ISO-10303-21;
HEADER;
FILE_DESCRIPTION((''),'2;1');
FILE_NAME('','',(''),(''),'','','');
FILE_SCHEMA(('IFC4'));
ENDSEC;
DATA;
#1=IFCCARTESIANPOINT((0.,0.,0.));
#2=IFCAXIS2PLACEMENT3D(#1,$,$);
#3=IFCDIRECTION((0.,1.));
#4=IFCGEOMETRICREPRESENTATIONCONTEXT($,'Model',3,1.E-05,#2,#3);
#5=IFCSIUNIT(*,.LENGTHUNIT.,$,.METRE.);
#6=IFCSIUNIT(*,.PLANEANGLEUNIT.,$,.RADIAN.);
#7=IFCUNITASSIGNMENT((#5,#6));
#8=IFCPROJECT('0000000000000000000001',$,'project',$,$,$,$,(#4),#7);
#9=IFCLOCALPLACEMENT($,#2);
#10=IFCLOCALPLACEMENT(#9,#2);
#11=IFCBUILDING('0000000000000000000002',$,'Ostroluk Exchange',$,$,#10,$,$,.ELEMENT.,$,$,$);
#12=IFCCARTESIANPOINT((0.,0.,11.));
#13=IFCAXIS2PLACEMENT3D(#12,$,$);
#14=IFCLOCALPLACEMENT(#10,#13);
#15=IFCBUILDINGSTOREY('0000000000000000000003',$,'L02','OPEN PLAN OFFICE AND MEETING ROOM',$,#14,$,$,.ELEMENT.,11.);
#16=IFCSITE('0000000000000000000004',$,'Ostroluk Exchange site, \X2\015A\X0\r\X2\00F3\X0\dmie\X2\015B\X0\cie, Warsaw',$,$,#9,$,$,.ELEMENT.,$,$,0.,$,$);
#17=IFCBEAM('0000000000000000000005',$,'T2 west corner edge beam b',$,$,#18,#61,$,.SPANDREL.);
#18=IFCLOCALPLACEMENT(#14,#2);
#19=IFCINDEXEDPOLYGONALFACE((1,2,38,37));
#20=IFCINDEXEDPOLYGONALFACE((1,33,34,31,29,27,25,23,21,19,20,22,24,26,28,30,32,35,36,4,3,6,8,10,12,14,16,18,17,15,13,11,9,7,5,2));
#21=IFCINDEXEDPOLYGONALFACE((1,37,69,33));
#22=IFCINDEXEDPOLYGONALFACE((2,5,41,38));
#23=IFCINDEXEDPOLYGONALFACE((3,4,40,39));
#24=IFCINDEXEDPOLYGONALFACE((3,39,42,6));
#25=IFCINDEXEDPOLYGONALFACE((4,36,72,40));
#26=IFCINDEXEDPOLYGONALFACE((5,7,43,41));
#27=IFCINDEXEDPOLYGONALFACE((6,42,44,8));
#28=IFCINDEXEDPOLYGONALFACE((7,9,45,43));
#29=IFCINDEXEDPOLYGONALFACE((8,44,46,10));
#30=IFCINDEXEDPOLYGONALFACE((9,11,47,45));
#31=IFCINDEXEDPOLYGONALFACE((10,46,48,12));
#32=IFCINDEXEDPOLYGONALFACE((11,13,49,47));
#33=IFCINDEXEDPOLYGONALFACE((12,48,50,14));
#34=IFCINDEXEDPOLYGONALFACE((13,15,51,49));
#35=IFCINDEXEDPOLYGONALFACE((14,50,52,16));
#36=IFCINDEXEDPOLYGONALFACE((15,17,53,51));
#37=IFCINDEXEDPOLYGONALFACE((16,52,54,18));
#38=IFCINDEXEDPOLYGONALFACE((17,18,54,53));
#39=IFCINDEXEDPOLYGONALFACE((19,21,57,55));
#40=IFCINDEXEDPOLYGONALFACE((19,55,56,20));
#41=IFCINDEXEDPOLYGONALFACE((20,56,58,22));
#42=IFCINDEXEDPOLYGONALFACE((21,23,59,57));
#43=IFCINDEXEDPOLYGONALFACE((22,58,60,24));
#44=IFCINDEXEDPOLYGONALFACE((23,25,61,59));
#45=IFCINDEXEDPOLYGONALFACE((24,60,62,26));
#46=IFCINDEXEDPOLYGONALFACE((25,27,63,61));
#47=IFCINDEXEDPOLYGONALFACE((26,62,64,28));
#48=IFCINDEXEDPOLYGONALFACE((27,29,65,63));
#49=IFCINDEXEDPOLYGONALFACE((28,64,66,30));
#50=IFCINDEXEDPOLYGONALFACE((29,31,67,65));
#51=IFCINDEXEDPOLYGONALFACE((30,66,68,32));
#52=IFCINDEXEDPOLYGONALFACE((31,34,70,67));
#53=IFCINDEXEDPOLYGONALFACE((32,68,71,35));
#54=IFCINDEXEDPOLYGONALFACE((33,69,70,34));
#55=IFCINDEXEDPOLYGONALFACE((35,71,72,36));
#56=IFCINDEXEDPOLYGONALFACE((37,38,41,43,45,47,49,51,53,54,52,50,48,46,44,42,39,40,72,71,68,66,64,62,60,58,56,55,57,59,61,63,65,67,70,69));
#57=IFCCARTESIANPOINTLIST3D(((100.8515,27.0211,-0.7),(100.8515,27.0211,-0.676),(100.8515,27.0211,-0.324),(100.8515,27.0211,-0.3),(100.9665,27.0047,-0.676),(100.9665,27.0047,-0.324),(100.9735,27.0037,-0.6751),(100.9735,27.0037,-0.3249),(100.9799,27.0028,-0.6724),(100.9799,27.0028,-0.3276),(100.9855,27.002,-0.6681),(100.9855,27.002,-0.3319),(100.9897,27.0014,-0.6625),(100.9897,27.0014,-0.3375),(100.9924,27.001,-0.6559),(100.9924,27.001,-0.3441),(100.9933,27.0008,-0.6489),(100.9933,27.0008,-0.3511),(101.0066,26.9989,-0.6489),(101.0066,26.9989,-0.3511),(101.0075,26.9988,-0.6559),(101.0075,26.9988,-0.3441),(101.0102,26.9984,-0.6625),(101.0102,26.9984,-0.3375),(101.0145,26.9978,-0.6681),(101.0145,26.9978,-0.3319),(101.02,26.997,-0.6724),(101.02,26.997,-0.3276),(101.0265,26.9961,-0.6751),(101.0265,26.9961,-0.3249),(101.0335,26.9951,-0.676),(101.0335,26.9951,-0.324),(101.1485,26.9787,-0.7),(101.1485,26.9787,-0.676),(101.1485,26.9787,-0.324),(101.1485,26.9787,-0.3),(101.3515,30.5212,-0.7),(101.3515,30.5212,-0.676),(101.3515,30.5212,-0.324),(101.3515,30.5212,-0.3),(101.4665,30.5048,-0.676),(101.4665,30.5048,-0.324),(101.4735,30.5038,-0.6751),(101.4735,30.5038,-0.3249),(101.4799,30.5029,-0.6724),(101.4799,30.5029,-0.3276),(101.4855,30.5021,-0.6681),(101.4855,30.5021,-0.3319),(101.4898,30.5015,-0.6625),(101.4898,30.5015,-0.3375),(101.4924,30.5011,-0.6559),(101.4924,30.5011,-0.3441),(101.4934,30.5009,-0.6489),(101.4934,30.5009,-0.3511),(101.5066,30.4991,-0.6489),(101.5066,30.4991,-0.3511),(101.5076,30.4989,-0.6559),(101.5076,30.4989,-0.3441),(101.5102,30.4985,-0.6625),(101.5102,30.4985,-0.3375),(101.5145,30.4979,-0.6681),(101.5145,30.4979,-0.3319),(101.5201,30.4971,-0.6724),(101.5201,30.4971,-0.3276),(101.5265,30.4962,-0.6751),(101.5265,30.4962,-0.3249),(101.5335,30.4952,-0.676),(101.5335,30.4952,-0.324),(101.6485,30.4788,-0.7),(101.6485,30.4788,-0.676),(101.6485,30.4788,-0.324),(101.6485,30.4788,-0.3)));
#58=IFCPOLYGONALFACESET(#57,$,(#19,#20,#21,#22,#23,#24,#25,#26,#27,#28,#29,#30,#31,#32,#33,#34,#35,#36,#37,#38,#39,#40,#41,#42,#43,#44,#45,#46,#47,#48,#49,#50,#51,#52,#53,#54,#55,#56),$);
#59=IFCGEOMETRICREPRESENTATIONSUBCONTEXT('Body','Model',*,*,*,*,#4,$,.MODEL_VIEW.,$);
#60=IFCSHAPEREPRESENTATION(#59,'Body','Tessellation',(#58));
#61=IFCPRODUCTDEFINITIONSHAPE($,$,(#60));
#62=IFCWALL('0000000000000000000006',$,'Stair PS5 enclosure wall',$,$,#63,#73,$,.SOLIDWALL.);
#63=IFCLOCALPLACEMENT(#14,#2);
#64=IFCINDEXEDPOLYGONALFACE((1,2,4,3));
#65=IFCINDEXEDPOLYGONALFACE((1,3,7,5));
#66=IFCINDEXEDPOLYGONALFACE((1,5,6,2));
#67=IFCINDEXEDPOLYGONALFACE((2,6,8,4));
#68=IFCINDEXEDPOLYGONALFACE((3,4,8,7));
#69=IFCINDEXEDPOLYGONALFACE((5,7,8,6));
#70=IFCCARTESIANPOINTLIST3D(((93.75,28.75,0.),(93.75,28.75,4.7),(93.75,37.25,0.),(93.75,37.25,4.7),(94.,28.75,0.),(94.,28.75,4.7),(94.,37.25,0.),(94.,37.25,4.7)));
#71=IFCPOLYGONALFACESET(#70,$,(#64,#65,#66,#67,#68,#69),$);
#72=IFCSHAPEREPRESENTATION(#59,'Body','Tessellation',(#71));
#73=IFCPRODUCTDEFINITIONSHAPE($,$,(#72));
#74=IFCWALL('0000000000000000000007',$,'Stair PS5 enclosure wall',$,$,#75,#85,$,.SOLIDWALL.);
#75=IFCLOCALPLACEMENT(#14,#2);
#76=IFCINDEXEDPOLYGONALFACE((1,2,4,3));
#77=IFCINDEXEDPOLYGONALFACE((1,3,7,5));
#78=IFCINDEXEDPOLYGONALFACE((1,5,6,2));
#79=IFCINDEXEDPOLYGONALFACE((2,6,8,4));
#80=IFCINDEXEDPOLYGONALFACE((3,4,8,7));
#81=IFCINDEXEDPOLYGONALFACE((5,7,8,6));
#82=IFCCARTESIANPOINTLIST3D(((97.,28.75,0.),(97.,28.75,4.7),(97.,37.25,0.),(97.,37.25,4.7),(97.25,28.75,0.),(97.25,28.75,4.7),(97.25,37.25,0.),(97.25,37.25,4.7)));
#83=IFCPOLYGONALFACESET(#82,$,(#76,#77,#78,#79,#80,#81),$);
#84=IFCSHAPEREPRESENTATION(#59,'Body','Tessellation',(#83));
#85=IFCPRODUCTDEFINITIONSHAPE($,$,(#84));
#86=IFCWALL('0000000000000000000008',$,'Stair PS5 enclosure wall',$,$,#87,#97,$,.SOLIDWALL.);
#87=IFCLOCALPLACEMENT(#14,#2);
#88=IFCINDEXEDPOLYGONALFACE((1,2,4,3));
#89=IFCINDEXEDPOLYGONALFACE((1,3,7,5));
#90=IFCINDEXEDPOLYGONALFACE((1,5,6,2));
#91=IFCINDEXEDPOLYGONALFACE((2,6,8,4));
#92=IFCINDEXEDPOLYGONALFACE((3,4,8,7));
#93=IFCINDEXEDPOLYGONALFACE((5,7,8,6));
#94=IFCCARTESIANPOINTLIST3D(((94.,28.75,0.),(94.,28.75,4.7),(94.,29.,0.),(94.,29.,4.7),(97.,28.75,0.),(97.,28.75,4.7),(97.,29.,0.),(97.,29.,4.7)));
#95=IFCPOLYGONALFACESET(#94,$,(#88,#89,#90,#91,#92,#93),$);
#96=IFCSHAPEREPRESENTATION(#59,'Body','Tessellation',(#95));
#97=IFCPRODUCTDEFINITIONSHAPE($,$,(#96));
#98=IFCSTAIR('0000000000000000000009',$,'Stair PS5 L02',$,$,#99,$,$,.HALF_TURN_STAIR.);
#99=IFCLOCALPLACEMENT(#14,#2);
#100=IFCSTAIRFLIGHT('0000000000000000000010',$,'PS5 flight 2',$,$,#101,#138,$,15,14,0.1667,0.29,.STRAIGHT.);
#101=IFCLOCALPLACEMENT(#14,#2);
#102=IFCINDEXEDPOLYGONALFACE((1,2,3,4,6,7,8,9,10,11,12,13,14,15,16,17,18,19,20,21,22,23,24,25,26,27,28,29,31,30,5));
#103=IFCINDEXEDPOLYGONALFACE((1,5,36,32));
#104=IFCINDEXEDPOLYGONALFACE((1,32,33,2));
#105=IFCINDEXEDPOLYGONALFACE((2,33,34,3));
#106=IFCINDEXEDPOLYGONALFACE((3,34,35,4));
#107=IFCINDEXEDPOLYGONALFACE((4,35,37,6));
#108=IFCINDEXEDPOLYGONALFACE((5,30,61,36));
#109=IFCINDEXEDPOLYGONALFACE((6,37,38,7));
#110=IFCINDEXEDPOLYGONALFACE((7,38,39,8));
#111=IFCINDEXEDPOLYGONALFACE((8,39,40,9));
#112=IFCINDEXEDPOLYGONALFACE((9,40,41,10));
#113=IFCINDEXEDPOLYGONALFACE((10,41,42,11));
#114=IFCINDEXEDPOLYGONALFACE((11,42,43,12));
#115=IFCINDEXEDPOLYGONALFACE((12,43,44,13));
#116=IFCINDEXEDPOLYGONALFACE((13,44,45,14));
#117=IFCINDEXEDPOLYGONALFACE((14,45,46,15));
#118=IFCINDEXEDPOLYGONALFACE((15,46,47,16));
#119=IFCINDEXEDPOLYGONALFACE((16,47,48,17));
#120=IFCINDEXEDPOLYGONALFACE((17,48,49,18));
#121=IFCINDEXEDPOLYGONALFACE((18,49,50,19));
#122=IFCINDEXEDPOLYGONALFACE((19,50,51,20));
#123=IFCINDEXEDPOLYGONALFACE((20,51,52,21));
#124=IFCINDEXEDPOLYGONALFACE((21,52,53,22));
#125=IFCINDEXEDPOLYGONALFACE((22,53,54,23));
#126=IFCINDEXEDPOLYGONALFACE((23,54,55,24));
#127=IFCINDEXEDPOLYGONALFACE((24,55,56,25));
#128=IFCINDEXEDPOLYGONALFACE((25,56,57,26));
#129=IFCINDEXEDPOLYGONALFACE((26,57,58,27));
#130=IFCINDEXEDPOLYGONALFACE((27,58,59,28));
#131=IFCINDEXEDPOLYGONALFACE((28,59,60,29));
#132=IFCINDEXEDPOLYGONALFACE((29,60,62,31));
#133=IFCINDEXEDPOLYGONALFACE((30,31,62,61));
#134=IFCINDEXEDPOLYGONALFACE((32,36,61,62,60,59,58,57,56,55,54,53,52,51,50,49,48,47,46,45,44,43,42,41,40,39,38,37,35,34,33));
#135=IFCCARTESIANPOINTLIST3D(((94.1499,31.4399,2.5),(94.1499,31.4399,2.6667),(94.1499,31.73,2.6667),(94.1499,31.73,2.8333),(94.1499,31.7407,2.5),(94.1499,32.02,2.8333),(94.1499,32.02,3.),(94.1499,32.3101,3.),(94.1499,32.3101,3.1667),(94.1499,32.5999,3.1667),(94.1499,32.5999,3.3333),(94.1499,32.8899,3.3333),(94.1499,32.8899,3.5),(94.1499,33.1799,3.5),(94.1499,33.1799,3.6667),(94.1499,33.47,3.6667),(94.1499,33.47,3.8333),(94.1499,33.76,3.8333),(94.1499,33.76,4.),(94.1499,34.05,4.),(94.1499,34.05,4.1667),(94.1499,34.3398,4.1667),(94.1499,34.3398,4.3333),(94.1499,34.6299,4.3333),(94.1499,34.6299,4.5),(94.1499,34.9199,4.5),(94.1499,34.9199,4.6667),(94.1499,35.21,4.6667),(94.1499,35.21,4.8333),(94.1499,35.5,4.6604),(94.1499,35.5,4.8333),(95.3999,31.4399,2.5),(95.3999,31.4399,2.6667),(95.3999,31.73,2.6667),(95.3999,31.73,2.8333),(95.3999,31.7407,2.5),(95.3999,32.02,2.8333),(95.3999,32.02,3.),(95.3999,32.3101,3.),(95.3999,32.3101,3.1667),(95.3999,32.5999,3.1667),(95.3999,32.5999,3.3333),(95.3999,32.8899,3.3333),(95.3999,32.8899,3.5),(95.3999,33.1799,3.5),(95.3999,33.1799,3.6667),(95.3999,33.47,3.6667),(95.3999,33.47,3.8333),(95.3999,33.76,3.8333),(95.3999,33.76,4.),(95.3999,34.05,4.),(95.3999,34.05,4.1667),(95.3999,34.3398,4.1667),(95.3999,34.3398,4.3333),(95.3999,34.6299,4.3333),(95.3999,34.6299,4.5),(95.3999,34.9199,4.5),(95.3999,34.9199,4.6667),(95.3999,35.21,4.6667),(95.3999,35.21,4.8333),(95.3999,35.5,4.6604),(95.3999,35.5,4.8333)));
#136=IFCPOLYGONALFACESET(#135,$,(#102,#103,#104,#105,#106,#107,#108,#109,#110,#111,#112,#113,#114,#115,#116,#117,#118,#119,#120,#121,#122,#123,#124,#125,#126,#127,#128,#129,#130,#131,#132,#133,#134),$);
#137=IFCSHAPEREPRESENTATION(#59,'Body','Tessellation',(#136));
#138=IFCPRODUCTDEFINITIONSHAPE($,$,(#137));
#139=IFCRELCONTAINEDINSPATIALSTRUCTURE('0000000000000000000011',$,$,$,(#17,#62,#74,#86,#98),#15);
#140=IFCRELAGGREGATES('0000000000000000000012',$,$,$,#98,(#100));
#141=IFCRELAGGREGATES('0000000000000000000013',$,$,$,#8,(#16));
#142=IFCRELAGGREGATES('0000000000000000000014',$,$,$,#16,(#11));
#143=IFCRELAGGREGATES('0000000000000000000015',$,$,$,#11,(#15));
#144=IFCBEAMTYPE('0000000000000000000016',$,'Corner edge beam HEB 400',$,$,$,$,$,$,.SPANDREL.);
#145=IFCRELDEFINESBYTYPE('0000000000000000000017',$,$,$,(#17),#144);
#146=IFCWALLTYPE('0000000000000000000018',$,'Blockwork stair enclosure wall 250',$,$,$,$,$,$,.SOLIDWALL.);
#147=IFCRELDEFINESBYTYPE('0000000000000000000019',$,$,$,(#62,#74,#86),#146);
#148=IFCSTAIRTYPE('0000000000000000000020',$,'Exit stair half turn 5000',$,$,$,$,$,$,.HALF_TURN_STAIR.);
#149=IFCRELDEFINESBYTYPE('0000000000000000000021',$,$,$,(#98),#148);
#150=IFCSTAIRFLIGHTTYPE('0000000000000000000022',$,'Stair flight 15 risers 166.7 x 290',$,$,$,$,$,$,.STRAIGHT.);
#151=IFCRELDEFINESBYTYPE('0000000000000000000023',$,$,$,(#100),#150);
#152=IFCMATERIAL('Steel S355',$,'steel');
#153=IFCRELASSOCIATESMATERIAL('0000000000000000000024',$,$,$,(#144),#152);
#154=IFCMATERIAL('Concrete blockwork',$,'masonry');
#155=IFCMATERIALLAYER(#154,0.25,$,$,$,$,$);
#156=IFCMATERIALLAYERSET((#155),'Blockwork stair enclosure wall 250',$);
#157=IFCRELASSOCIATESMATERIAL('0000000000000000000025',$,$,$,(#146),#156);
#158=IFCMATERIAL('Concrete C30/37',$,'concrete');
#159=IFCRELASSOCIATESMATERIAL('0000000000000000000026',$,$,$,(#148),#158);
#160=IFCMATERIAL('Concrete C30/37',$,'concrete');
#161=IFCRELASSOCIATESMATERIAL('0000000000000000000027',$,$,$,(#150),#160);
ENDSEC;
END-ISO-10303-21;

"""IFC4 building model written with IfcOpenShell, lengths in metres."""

from ifc_helpers import new_model, si_unit, direction, frame, frame_2d, origin, origin_2d, place, context, subcontext, project, spatial, polyline, rectangle, i_section, outline, extrude, material, layer, layer_set, material_profile, profile_set, type_object, element, aggregate, save


model = new_model("IFC4")

# Units and contexts
model_context = context("Model", 3, precision=1e-05, world=origin(), true_north=direction((0.0, 1.0)))
body_context = subcontext(model_context, "Body", "Model", "MODEL_VIEW")
ifc_project = project(units=[si_unit("LENGTHUNIT", "METRE"), si_unit("PLANEANGLEUNIT", "RADIAN")], contexts=[model_context])

# Site, building, storey
site_placement = place(None, origin())
site = spatial("IfcSite", under=ifc_project, at=site_placement, Name="Ostroluk Exchange site, Śródmieście, Warsaw", CompositionType="ELEMENT", RefElevation=0.0)
building_placement = place(site_placement, origin())
building = spatial("IfcBuilding", under=site, at=building_placement, Name="Ostroluk Exchange", CompositionType="ELEMENT")
storey_placement = place(building_placement, frame((0.0, 0.0, 11.0)))
storey = spatial("IfcBuildingStorey", under=building, at=storey_placement, Name="L02", Description="OPEN PLAN OFFICE AND MEETING ROOM", CompositionType="ELEMENT", Elevation=11.0)

# Beam
ifc_material_1 = material(Name="Steel S355", Category="steel")
ifc_material_profile_1 = material_profile(ifc_material_1, i_section(OverallWidth=0.3, OverallDepth=0.3999, WebThickness=0.0134, FlangeThickness=0.0239, FilletRadius=0.0271, at=origin_2d()), Name="HEB 400")
ifc_profile_set_1 = profile_set([ifc_material_profile_1], Name="Steel S355")
beam_type = type_object("IfcBeamType", Name="Corner edge beam HEB 400", PredefinedType="SPANDREL", material=ifc_profile_set_1)
for number, where, z_axis, x_axis, name in (
    (1, (101.5, 30.5, -0.5), (-0.141421, -0.989949, 0.0), (0.989949, -0.141421, 0.0), "T2 west corner edge beam b"),
):
    element("IfcBeam", number, at=place(storey_placement, frame(where, z_axis=z_axis, x_axis=x_axis)), inside=storey, type_object=beam_type, Name=name, PredefinedType="SPANDREL", context=body_context, shape_type="SweptSolid", body=[
        extrude(i_section(OverallWidth=0.3, OverallDepth=0.3999, WebThickness=0.0134, FlangeThickness=0.0239, FilletRadius=0.0271, at=origin_2d()), origin(), (0.0, 0.0, 1.0), 3.5356),
    ])

# Walls
ifc_material_2 = material(Name="Concrete blockwork", Category="masonry")
ifc_layer = layer(ifc_material_2, 0.25)
ifc_layer_set = layer_set([ifc_layer], Name="Blockwork stair enclosure wall 250")
wall_type = type_object("IfcWallType", Name="Blockwork stair enclosure wall 250", PredefinedType="SOLIDWALL", material=ifc_layer_set)
for number, where, z_axis, x_axis, name in (
    (2, (93.875, 28.75, 0.0), (0.0, 0.0, 1.0), (0.0, 1.0, 0.0), "Stair PS5 enclosure wall"),
    (3, (97.125, 28.75, 0.0), (0.0, 0.0, 1.0), (0.0, 1.0, 0.0), "Stair PS5 enclosure wall"),
):
    element("IfcWall", number, at=place(storey_placement, frame(where, z_axis=z_axis, x_axis=x_axis)), inside=storey, type_object=wall_type, Name=name, PredefinedType="SOLIDWALL", context=body_context, shape_type="SweptSolid", body=[
        extrude(rectangle(XDim=8.5, YDim=0.25, at=frame_2d((4.25, 0.0))), origin(), (0.0, 0.0, 1.0), 4.7),
    ])
wall_placement = place(storey_placement, frame((94.0, 28.875, 0.0), z_axis=(0.0, 0.0, 1.0), x_axis=(1.0, 0.0, 0.0)))
element("IfcWall", 4, at=wall_placement, inside=storey, type_object=wall_type, Name="Stair PS5 enclosure wall", PredefinedType="SOLIDWALL", context=body_context, shape_type="SweptSolid", body=[
    extrude(rectangle(XDim=3.0, YDim=0.25, at=frame_2d((1.5, 0.0))), origin(), (0.0, 0.0, 1.0), 4.7),
])

# Stair, stair flight
ifc_material_3 = material(Name="Concrete C30/37", Category="concrete")
stair_type = type_object("IfcStairType", Name="Exit stair half turn 5000", PredefinedType="HALF_TURN_STAIR", material=ifc_material_3)
stair_placement = place(storey_placement, origin())
stair = element("IfcStair", 5, at=stair_placement, inside=storey, type_object=stair_type, Name="Stair PS5 L02", PredefinedType="HALF_TURN_STAIR")
ifc_material_4 = material(Name="Concrete C30/37", Category="concrete")
stair_flight_type = type_object("IfcStairFlightType", Name="Stair flight 15 risers 166.7 x 290", PredefinedType="STRAIGHT", material=ifc_material_4)
stair_flight_placement = place(storey_placement, frame((94.7749, 31.4399, 2.5), z_axis=(0.0, 0.0, 1.0), x_axis=(0.0, 1.0, 0.0)))
stair_flight = element("IfcStairFlight", 6, at=stair_flight_placement, type_object=stair_flight_type, Name="PS5 flight 2", NumberOfRisers=15, NumberOfTreads=14, PredefinedType="STRAIGHT", RiserHeight=0.1667, TreadLength=0.29, context=body_context, shape_type="SweptSolid", body=[
    extrude(outline(polyline([(0.0, 0.0), (0.0, 0.1667), (0.29, 0.1667), (0.29, 0.3333), (0.5801, 0.3333), (0.5801, 0.5), (0.8701, 0.5), (0.8701, 0.6667), (1.1599, 0.6667), (1.1599, 0.8333), (1.45, 0.8333), (1.45, 1.0), (1.74, 1.0), (1.74, 1.1667), (2.03, 1.1667), (2.03, 1.3333), (2.3201, 1.3333), (2.3201, 1.5), (2.6101, 1.5), (2.6101, 1.6667), (2.8999, 1.6667), (2.8999, 1.8333), (3.1899, 1.8333), (3.1899, 2.0), (3.48, 2.0), (3.48, 2.1667), (3.77, 2.1667), (3.77, 2.3333), (4.0601, 2.3333), (4.0601, 2.5), (4.0601, 2.1604), (0.3008, 0.0), (0.0, 0.0)])), frame((0.0, 0.625, 0.0), z_axis=(0.0, -1.0, 0.0), x_axis=(1.0, 0.0, 0.0)), (0.0, 0.0, 1.0), 1.25),
])
aggregate(stair, [stair_flight])

save(model, "model.ifc")
